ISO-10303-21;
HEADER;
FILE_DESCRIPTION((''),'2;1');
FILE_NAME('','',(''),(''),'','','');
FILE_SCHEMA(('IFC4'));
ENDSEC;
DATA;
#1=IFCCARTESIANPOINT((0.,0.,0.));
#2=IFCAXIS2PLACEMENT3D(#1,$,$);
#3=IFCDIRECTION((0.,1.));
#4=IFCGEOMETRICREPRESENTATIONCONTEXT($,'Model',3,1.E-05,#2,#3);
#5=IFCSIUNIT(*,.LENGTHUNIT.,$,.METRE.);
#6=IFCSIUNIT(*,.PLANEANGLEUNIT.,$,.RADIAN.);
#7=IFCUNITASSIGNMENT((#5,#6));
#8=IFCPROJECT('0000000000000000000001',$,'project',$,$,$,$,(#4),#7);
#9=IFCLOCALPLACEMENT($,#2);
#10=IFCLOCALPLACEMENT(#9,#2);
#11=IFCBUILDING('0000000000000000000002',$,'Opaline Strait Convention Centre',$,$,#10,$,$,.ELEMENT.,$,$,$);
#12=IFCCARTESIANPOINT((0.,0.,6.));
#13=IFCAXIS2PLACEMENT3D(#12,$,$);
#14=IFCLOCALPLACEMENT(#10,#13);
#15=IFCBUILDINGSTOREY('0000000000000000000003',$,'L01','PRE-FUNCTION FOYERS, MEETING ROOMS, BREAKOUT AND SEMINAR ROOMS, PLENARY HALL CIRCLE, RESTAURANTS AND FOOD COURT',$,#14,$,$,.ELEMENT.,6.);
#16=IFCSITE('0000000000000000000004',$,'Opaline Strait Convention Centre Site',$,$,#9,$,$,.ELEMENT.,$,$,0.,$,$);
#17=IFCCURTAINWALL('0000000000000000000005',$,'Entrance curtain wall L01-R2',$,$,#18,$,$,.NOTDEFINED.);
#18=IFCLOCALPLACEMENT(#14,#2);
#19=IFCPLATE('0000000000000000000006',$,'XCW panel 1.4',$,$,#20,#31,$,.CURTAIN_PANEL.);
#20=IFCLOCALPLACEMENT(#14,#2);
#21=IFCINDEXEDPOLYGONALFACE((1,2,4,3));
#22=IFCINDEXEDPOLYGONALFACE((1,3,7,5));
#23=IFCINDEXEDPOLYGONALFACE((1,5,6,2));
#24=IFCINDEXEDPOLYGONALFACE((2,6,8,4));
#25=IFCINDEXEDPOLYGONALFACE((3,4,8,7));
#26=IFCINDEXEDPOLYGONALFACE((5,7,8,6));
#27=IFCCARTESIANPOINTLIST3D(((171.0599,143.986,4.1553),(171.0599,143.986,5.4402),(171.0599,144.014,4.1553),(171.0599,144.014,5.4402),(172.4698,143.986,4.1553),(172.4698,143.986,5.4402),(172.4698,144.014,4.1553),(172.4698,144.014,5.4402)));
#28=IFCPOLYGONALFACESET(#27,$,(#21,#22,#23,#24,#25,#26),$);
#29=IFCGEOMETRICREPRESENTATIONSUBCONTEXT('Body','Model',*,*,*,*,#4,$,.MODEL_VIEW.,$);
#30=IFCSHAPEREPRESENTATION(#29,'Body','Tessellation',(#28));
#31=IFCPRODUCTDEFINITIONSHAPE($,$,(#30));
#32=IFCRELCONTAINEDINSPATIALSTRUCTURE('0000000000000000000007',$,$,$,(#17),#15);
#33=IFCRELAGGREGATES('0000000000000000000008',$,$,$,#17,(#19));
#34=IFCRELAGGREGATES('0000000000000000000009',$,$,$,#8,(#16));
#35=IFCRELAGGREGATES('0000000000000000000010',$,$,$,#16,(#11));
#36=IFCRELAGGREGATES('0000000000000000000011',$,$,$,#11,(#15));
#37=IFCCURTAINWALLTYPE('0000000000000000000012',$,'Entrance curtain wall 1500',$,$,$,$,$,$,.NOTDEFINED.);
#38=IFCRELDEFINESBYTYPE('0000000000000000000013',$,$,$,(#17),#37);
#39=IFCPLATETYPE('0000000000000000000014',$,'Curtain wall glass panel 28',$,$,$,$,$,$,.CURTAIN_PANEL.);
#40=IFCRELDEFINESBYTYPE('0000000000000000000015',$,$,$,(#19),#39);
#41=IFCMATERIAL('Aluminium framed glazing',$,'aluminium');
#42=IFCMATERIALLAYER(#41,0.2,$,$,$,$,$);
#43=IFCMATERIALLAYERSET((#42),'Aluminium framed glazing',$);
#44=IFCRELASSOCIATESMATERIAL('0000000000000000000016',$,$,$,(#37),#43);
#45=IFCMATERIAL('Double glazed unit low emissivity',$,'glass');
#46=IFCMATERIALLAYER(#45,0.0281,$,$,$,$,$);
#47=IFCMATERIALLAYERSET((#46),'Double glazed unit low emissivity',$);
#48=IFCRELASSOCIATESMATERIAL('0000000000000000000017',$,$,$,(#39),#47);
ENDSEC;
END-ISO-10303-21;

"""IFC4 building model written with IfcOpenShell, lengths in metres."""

from ifc_helpers import new_model, si_unit, direction, frame, origin, origin_2d, place, context, subcontext, project, spatial, rectangle, extrude, material, layer, layer_set, type_object, element, aggregate, save


model = new_model("IFC4")

# Units and contexts
model_context = context("Model", 3, precision=1e-05, world=origin(), true_north=direction((0.0, 1.0)))
body_context = subcontext(model_context, "Body", "Model", "MODEL_VIEW")
ifc_project = project(units=[si_unit("LENGTHUNIT", "METRE"), si_unit("PLANEANGLEUNIT", "RADIAN")], contexts=[model_context])

# Site, building, storey
site_placement = place(None, origin())
site = spatial("IfcSite", under=ifc_project, at=site_placement, Name="Opaline Strait Convention Centre Site", CompositionType="ELEMENT", RefElevation=0.0)
building_placement = place(site_placement, origin())
building = spatial("IfcBuilding", under=site, at=building_placement, Name="Opaline Strait Convention Centre", CompositionType="ELEMENT")
storey_placement = place(building_placement, frame((0.0, 0.0, 6.0)))
storey = spatial("IfcBuildingStorey", under=building, at=storey_placement, Name="L01", Description="PRE-FUNCTION FOYERS, MEETING ROOMS, BREAKOUT AND SEMINAR ROOMS, PLENARY HALL CIRCLE, RESTAURANTS AND FOOD COURT", CompositionType="ELEMENT", Elevation=6.0)

# Curtain wall
ifc_material_1 = material(Name="Aluminium framed glazing", Category="aluminium")
ifc_layer_1 = layer(ifc_material_1, 0.2)
ifc_layer_set_1 = layer_set([ifc_layer_1], Name="Aluminium framed glazing")
curtain_wall_type = type_object("IfcCurtainWallType", Name="Entrance curtain wall 1500", PredefinedType="NOTDEFINED", material=ifc_layer_set_1)
curtain_wall_1_placement = place(storey_placement, origin())
curtain_wall_1 = element("IfcCurtainWall", 1, at=curtain_wall_1_placement, inside=storey, type_object=curtain_wall_type, Name="Entrance curtain wall L01-R2", PredefinedType="NOTDEFINED")

# Plate
ifc_material_2 = material(Name="Double glazed unit low emissivity", Category="glass")
ifc_layer_2 = layer(ifc_material_2, 0.0281)
ifc_layer_set_2 = layer_set([ifc_layer_2], Name="Double glazed unit low emissivity")
plate_type = type_object("IfcPlateType", Name="Curtain wall glass panel 28", PredefinedType="CURTAIN_PANEL", material=ifc_layer_set_2)
plate_1_placement = place(storey_placement, frame((171.7649, 144.0, 4.1553), z_axis=(0.0, 0.0, 1.0), x_axis=(1.0, 0.0, 0.0)))
plate_1 = element("IfcPlate", 2, at=plate_1_placement, type_object=plate_type, Name="XCW panel 1.4", PredefinedType="CURTAIN_PANEL", context=body_context, shape_type="SweptSolid", body=[
    extrude(rectangle(XDim=1.4099, YDim=0.0281, at=origin_2d()), origin(), (0.0, 0.0, 1.0), 1.2849),
])
aggregate(curtain_wall_1, [plate_1])

save(model, "model.ifc")
